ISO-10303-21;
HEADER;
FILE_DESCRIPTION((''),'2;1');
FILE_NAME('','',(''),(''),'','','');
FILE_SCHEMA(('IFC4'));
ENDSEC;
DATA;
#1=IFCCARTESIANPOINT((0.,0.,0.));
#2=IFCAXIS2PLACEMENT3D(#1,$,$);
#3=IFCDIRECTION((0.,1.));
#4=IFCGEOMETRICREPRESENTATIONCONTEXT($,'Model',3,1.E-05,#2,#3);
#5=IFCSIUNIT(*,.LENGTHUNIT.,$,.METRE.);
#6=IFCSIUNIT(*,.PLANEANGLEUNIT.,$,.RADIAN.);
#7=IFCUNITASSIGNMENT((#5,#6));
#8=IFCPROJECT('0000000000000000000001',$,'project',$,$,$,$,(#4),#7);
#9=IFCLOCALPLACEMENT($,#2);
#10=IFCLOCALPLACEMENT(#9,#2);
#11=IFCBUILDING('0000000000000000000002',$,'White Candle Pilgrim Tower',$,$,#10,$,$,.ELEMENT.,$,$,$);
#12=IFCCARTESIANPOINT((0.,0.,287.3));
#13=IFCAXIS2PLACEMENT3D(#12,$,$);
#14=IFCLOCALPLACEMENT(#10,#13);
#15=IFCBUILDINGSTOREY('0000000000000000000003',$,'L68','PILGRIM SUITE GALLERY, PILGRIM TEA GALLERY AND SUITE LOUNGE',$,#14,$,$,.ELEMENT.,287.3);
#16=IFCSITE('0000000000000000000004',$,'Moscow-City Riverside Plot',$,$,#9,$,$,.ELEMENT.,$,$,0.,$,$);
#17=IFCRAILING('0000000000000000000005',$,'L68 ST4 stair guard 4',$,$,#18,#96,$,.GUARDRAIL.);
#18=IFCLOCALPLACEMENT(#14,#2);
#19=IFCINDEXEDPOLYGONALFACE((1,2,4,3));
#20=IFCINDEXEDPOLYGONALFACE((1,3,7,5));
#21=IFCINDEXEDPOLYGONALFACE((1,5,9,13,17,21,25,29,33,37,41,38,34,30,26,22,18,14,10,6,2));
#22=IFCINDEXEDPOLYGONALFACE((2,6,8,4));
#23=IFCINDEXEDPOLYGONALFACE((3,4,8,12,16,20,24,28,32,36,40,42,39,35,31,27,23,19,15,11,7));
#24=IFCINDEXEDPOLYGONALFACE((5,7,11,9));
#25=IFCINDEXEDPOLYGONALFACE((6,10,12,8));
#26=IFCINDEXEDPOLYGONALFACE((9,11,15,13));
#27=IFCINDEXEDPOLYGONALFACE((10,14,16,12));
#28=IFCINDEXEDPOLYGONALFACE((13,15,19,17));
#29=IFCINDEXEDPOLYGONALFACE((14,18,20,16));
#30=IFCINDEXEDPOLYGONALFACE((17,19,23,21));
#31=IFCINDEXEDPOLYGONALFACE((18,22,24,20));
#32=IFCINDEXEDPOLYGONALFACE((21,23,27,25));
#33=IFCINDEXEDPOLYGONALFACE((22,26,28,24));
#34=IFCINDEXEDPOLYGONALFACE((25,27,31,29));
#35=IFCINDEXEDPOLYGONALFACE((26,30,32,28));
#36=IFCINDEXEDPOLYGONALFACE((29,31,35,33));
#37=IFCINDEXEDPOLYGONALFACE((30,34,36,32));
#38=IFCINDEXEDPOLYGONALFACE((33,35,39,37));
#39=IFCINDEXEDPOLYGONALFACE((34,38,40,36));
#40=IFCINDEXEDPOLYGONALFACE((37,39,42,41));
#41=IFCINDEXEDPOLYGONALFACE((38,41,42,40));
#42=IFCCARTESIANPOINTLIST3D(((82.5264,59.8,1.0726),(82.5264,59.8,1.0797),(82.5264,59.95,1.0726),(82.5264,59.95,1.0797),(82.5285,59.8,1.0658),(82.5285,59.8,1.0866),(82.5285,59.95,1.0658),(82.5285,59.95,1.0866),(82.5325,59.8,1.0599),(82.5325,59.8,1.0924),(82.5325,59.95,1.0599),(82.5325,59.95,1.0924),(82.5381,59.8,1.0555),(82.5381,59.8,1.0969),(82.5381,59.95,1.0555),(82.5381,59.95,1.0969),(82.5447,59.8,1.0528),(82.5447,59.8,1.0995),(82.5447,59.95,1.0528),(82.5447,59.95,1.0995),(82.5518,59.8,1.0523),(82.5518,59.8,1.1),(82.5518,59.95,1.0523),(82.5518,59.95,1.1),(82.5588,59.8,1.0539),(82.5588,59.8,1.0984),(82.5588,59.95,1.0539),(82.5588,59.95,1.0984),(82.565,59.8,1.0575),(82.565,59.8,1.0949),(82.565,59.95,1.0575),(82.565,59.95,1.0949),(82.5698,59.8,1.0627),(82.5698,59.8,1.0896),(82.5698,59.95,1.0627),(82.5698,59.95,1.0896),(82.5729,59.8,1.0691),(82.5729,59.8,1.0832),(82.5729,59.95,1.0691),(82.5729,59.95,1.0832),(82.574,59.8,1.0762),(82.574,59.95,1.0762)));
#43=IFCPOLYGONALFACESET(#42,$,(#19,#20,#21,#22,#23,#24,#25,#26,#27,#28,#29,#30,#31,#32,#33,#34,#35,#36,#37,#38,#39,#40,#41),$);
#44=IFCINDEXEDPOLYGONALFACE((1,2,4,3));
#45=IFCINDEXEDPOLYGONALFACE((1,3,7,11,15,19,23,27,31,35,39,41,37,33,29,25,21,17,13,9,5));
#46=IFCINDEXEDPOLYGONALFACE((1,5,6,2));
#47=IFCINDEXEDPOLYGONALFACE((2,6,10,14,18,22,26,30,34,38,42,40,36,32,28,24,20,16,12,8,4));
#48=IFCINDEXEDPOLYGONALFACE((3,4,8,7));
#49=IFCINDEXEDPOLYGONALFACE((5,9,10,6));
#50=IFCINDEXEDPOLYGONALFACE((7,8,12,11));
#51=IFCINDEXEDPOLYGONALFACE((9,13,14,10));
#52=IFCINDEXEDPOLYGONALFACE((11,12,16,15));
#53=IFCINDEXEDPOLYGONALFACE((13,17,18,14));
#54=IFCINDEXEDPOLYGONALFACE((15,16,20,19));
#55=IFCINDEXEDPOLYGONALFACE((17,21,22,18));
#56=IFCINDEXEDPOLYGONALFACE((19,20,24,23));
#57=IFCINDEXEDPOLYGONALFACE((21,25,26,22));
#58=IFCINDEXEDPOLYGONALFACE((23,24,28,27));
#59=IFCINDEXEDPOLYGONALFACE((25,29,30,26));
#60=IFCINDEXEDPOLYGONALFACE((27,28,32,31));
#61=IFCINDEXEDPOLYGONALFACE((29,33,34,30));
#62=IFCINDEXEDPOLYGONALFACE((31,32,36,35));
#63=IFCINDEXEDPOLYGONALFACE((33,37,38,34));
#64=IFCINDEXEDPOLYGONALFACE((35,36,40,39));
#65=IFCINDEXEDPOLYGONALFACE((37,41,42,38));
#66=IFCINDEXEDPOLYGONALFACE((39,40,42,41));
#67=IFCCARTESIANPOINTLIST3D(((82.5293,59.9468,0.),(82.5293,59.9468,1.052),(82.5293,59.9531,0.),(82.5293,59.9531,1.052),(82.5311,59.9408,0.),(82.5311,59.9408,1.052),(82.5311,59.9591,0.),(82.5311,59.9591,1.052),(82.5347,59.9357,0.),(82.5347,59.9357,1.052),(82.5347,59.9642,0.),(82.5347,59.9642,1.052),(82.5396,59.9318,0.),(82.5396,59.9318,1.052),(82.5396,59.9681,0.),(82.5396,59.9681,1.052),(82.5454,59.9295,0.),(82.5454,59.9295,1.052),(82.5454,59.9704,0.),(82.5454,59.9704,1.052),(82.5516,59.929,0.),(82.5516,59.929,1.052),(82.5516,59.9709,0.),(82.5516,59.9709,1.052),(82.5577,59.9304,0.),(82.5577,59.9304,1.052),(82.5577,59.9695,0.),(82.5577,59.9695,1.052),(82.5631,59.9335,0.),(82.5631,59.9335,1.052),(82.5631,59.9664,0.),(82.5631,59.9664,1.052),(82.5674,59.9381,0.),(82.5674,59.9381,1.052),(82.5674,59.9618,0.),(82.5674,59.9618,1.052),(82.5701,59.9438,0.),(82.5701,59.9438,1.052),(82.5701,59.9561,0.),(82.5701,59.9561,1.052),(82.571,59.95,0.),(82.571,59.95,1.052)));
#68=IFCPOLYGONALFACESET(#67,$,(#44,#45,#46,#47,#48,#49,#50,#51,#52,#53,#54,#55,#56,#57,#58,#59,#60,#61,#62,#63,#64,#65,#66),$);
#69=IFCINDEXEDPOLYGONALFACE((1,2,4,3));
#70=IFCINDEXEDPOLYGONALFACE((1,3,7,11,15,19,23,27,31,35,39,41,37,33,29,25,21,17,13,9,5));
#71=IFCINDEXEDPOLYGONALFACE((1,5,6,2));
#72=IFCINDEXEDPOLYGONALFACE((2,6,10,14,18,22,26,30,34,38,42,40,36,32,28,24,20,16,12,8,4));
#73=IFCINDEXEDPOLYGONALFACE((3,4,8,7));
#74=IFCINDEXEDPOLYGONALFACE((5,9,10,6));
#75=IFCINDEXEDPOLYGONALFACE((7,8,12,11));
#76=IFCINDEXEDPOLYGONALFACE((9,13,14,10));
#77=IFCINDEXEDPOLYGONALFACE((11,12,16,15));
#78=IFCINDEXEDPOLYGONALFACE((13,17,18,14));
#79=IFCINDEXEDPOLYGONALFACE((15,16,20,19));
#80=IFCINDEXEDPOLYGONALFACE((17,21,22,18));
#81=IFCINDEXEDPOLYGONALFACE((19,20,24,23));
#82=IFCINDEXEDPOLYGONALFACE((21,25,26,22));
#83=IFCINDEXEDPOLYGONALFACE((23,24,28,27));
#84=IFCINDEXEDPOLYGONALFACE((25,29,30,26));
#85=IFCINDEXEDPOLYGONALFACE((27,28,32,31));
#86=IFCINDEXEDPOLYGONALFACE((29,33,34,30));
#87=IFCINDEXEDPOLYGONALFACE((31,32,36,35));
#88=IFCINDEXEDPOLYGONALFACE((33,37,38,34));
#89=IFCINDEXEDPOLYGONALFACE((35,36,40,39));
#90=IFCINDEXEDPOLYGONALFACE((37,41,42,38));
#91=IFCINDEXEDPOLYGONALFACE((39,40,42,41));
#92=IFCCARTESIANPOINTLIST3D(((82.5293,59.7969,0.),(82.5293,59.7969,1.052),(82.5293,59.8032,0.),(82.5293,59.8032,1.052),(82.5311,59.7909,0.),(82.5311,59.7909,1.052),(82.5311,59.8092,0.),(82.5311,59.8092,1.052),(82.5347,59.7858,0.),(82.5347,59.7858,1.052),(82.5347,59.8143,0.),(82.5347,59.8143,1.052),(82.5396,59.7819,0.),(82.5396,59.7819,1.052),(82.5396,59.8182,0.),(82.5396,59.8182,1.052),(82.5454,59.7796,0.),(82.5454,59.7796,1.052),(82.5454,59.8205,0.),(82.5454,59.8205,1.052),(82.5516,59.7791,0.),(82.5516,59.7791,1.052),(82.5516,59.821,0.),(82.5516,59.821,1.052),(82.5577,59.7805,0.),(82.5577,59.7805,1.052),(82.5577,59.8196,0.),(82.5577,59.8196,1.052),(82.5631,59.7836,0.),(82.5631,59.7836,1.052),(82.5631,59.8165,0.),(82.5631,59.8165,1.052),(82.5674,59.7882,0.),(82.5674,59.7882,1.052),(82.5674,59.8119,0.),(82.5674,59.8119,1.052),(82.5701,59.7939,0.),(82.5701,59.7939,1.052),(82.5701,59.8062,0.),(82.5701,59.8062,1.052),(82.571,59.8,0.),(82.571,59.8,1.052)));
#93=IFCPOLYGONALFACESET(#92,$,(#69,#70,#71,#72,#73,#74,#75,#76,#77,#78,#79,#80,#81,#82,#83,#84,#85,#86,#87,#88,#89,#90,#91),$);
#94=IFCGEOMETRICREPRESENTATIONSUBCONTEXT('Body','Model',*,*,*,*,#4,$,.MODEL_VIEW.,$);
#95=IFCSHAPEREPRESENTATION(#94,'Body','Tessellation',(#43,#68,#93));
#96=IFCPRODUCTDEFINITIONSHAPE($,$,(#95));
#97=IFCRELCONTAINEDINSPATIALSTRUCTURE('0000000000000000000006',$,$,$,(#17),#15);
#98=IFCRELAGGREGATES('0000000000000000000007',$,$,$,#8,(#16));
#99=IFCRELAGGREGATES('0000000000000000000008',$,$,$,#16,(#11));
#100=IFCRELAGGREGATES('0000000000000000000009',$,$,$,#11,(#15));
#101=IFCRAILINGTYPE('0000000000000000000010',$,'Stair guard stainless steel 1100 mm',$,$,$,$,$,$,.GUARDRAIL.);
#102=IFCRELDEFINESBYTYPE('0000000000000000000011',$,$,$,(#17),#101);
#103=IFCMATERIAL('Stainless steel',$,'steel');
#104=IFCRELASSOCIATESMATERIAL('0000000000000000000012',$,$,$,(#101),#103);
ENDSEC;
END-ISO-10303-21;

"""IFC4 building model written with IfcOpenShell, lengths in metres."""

from ifc_helpers import new_model, si_unit, direction, frame, origin, origin_2d, place, context, subcontext, project, spatial, circle, extrude, material, type_object, element, save


model = new_model("IFC4")

# Units and contexts
model_context = context("Model", 3, precision=1e-05, world=origin(), true_north=direction((0.0, 1.0)))
body_context = subcontext(model_context, "Body", "Model", "MODEL_VIEW")
ifc_project = project(units=[si_unit("LENGTHUNIT", "METRE"), si_unit("PLANEANGLEUNIT", "RADIAN")], contexts=[model_context])

# Site, building, storey
site_placement = place(None, origin())
site = spatial("IfcSite", under=ifc_project, at=site_placement, Name="Moscow-City Riverside Plot", CompositionType="ELEMENT", RefElevation=0.0)
building_placement = place(site_placement, origin())
building = spatial("IfcBuilding", under=site, at=building_placement, Name="White Candle Pilgrim Tower", CompositionType="ELEMENT")
storey_placement = place(building_placement, frame((0.0, 0.0, 287.3)))
storey = spatial("IfcBuildingStorey", under=building, at=storey_placement, Name="L68", Description="PILGRIM SUITE GALLERY, PILGRIM TEA GALLERY AND SUITE LOUNGE", CompositionType="ELEMENT", Elevation=287.3)

# Railing
ifc_material_1 = material(Name="Stainless steel", Category="steel")
railing_type = type_object("IfcRailingType", Name="Stair guard stainless steel 1100 mm", PredefinedType="GUARDRAIL", material=ifc_material_1)
railing_1_placement = place(storey_placement, frame((82.55, 59.95, 0.0)))
element("IfcRailing", 1, at=railing_1_placement, inside=storey, type_object=railing_type, Name="L68 ST4 stair guard 4", PredefinedType="GUARDRAIL", context=body_context, shape_type="SweptSolid", body=[
    extrude(circle(Radius=0.0239, at=origin_2d()), frame((0.0, 0.0, 1.0762), z_axis=(0.0, -1.0, 0.0), x_axis=(1.0, 0.0, 0.0)), (0.0, 0.0, 1.0), 0.1499),
    extrude(circle(Radius=0.021, at=origin_2d()), origin(), (0.0, 0.0, 1.0), 1.052),
    extrude(circle(Radius=0.021, at=origin_2d()), frame((0.0, -0.1499, 0.0)), (0.0, 0.0, 1.0), 1.052),
])

save(model, "model.ifc")
